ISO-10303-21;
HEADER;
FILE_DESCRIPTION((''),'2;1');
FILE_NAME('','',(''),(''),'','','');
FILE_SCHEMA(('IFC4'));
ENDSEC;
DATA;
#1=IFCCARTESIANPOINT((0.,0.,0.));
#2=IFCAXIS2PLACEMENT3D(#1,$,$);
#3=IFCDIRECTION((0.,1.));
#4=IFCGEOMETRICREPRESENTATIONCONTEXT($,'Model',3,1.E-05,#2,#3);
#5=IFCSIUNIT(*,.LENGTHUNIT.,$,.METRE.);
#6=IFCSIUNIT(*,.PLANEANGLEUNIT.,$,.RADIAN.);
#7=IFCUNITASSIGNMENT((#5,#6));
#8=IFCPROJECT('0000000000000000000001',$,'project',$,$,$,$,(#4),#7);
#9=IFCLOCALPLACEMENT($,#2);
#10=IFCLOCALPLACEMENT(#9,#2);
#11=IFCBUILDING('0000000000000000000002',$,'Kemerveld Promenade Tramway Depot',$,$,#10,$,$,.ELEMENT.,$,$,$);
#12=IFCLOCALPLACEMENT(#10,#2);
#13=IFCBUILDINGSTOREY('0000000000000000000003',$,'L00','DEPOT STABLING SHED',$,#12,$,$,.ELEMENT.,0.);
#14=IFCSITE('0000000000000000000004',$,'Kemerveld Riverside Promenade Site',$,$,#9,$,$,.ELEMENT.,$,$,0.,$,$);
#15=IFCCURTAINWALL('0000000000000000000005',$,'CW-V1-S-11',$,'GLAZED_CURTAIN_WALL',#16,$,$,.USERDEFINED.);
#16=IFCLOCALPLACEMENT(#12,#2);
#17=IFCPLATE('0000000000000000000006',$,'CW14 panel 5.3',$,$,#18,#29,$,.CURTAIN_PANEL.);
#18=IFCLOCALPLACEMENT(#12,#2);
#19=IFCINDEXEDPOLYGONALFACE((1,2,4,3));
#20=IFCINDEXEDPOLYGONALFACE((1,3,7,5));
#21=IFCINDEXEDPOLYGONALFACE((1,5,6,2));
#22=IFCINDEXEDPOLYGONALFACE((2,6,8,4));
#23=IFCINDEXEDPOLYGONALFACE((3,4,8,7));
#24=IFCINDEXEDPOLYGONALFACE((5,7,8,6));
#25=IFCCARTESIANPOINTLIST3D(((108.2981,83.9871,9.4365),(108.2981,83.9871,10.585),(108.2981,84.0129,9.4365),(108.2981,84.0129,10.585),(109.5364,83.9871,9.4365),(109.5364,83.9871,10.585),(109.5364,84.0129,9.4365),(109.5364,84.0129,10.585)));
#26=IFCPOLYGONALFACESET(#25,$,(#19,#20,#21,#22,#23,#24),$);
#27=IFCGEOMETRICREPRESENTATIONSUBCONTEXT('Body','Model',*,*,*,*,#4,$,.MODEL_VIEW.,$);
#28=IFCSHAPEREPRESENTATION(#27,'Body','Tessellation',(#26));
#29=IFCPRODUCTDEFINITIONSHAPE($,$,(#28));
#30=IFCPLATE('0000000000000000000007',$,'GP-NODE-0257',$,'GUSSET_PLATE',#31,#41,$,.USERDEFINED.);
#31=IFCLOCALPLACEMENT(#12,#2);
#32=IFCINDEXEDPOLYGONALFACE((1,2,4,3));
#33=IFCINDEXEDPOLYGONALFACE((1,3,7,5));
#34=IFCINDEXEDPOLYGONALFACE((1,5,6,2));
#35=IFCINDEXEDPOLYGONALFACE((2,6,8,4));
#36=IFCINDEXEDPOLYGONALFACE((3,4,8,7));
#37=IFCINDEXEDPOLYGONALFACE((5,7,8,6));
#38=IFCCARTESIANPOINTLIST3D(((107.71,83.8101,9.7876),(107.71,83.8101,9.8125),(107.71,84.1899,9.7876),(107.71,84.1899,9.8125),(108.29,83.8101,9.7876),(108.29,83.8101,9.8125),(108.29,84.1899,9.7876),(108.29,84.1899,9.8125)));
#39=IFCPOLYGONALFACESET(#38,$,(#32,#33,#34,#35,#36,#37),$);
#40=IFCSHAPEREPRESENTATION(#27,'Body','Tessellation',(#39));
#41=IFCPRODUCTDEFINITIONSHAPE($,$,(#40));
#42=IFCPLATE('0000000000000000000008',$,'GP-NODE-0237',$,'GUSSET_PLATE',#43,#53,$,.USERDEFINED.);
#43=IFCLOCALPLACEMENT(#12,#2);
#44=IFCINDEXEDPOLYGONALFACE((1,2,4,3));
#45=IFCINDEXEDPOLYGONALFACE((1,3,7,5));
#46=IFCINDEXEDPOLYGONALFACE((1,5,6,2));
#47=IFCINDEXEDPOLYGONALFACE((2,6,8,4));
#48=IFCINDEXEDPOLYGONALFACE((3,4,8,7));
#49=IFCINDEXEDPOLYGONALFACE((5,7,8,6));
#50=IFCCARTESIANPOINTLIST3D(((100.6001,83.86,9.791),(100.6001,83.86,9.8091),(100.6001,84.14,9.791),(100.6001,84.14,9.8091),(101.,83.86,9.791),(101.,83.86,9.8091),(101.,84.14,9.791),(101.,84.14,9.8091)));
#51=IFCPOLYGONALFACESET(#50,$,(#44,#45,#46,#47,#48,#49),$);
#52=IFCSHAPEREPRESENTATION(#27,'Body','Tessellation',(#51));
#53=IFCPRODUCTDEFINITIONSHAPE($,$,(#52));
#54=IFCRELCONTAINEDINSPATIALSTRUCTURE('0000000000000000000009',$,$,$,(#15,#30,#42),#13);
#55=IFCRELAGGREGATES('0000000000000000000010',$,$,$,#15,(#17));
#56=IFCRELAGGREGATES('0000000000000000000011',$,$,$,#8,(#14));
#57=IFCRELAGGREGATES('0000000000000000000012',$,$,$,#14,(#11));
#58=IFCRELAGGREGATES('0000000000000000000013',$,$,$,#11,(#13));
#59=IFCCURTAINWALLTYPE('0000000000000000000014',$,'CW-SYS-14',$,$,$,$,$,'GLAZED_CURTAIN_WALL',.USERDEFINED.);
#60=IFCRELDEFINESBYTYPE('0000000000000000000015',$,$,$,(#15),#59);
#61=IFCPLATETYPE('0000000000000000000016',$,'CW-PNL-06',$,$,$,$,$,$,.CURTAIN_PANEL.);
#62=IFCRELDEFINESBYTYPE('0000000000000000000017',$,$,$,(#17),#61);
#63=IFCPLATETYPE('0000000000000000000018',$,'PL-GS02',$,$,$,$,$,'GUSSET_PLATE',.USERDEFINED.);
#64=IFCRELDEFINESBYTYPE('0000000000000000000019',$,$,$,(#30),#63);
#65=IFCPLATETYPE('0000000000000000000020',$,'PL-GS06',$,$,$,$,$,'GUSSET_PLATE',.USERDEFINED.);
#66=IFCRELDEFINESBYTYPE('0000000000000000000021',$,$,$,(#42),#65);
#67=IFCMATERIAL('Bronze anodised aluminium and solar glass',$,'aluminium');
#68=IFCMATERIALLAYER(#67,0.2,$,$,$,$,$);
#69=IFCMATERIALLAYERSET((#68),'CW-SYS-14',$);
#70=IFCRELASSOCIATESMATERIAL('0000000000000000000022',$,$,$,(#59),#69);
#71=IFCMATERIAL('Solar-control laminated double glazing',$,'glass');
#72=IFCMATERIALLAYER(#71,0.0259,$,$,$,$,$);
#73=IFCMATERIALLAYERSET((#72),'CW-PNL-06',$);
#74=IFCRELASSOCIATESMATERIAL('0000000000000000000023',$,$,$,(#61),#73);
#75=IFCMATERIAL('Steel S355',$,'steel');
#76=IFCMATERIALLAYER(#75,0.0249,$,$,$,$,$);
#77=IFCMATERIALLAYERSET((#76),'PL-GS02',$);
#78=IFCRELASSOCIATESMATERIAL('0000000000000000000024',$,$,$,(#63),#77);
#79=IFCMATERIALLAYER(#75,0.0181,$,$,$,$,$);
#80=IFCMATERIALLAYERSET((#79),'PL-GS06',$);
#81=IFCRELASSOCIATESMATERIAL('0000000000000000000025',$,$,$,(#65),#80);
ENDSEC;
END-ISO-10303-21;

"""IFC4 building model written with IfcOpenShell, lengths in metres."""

from ifc_helpers import new_model, si_unit, direction, frame, origin, origin_2d, place, context, subcontext, project, spatial, rectangle, extrude, material, layer, layer_set, type_object, element, aggregate, save


model = new_model("IFC4")

# Units and contexts
model_context = context("Model", 3, precision=1e-05, world=origin(), true_north=direction((0.0, 1.0)))
body_context = subcontext(model_context, "Body", "Model", "MODEL_VIEW")
ifc_project = project(units=[si_unit("LENGTHUNIT", "METRE"), si_unit("PLANEANGLEUNIT", "RADIAN")], contexts=[model_context])

# Site, building, storey
site_placement = place(None, origin())
site = spatial("IfcSite", under=ifc_project, at=site_placement, Name="Kemerveld Riverside Promenade Site", CompositionType="ELEMENT", RefElevation=0.0)
building_placement = place(site_placement, origin())
building = spatial("IfcBuilding", under=site, at=building_placement, Name="Kemerveld Promenade Tramway Depot", CompositionType="ELEMENT")
storey_placement = place(building_placement, origin())
storey = spatial("IfcBuildingStorey", under=building, at=storey_placement, Name="L00", Description="DEPOT STABLING SHED", CompositionType="ELEMENT", Elevation=0.0)

# Shared definitions
ifc_material_1 = material(Name="Steel S355", Category="steel")

# Curtain wall
ifc_material_2 = material(Name="Bronze anodised aluminium and solar glass", Category="aluminium")
ifc_layer_1 = layer(ifc_material_2, 0.2)
ifc_layer_set_1 = layer_set([ifc_layer_1], Name="CW-SYS-14")
curtain_wall_type_1 = type_object("IfcCurtainWallType", Name="CW-SYS-14", ElementType="GLAZED_CURTAIN_WALL", PredefinedType="USERDEFINED", material=ifc_layer_set_1)
curtain_wall_1_placement = place(storey_placement, origin())
curtain_wall_1 = element("IfcCurtainWall", 1, at=curtain_wall_1_placement, inside=storey, type_object=curtain_wall_type_1, Name="CW-V1-S-11", ObjectType="GLAZED_CURTAIN_WALL", PredefinedType="USERDEFINED")

# Plate
ifc_material_3 = material(Name="Solar-control laminated double glazing", Category="glass")
ifc_layer_2 = layer(ifc_material_3, 0.0259)
ifc_layer_set_2 = layer_set([ifc_layer_2], Name="CW-PNL-06")
plate_type_1 = type_object("IfcPlateType", Name="CW-PNL-06", PredefinedType="CURTAIN_PANEL", material=ifc_layer_set_2)
plate_1_placement = place(storey_placement, frame((108.9172, 84.0, 9.4365), z_axis=(0.0, 0.0, 1.0), x_axis=(-1.0, 0.0, 0.0)))
plate_1 = element("IfcPlate", 2, at=plate_1_placement, type_object=plate_type_1, Name="CW14 panel 5.3", PredefinedType="CURTAIN_PANEL", context=body_context, shape_type="SweptSolid", body=[
    extrude(rectangle(XDim=1.2383, YDim=0.0259, at=origin_2d()), origin(), (0.0, 0.0, 1.0), 1.1484),
])
aggregate(curtain_wall_1, [plate_1])

# Plates
ifc_layer_3 = layer(ifc_material_1, 0.0249)
ifc_layer_set_3 = layer_set([ifc_layer_3], Name="PL-GS02")
plate_type_2 = type_object("IfcPlateType", Name="PL-GS02", ElementType="GUSSET_PLATE", PredefinedType="USERDEFINED", material=ifc_layer_set_3)
plate_2_placement = place(storey_placement, frame((108.0, 84.0, 9.7876), z_axis=(0.0, 0.0, 1.0), x_axis=(1.0, 0.0, 0.0)))
element("IfcPlate", 3, at=plate_2_placement, inside=storey, type_object=plate_type_2, Name="GP-NODE-0257", ObjectType="GUSSET_PLATE", PredefinedType="USERDEFINED", context=body_context, shape_type="SweptSolid", body=[
    extrude(rectangle(XDim=0.5801, YDim=0.3799, at=origin_2d()), origin(), (0.0, 0.0, 1.0), 0.0249),
])
ifc_layer_4 = layer(ifc_material_1, 0.0181)
ifc_layer_set_4 = layer_set([ifc_layer_4], Name="PL-GS06")
plate_type_3 = type_object("IfcPlateType", Name="PL-GS06", ElementType="GUSSET_PLATE", PredefinedType="USERDEFINED", material=ifc_layer_set_4)
plate_3_placement = place(storey_placement, frame((100.8, 84.0, 9.791), z_axis=(0.0, 0.0, 1.0), x_axis=(1.0, 0.0, 0.0)))
element("IfcPlate", 4, at=plate_3_placement, inside=storey, type_object=plate_type_3, Name="GP-NODE-0237", ObjectType="GUSSET_PLATE", PredefinedType="USERDEFINED", context=body_context, shape_type="SweptSolid", body=[
    extrude(rectangle(XDim=0.3999, YDim=0.28, at=origin_2d()), origin(), (0.0, 0.0, 1.0), 0.0181),
])

save(model, "model.ifc")
